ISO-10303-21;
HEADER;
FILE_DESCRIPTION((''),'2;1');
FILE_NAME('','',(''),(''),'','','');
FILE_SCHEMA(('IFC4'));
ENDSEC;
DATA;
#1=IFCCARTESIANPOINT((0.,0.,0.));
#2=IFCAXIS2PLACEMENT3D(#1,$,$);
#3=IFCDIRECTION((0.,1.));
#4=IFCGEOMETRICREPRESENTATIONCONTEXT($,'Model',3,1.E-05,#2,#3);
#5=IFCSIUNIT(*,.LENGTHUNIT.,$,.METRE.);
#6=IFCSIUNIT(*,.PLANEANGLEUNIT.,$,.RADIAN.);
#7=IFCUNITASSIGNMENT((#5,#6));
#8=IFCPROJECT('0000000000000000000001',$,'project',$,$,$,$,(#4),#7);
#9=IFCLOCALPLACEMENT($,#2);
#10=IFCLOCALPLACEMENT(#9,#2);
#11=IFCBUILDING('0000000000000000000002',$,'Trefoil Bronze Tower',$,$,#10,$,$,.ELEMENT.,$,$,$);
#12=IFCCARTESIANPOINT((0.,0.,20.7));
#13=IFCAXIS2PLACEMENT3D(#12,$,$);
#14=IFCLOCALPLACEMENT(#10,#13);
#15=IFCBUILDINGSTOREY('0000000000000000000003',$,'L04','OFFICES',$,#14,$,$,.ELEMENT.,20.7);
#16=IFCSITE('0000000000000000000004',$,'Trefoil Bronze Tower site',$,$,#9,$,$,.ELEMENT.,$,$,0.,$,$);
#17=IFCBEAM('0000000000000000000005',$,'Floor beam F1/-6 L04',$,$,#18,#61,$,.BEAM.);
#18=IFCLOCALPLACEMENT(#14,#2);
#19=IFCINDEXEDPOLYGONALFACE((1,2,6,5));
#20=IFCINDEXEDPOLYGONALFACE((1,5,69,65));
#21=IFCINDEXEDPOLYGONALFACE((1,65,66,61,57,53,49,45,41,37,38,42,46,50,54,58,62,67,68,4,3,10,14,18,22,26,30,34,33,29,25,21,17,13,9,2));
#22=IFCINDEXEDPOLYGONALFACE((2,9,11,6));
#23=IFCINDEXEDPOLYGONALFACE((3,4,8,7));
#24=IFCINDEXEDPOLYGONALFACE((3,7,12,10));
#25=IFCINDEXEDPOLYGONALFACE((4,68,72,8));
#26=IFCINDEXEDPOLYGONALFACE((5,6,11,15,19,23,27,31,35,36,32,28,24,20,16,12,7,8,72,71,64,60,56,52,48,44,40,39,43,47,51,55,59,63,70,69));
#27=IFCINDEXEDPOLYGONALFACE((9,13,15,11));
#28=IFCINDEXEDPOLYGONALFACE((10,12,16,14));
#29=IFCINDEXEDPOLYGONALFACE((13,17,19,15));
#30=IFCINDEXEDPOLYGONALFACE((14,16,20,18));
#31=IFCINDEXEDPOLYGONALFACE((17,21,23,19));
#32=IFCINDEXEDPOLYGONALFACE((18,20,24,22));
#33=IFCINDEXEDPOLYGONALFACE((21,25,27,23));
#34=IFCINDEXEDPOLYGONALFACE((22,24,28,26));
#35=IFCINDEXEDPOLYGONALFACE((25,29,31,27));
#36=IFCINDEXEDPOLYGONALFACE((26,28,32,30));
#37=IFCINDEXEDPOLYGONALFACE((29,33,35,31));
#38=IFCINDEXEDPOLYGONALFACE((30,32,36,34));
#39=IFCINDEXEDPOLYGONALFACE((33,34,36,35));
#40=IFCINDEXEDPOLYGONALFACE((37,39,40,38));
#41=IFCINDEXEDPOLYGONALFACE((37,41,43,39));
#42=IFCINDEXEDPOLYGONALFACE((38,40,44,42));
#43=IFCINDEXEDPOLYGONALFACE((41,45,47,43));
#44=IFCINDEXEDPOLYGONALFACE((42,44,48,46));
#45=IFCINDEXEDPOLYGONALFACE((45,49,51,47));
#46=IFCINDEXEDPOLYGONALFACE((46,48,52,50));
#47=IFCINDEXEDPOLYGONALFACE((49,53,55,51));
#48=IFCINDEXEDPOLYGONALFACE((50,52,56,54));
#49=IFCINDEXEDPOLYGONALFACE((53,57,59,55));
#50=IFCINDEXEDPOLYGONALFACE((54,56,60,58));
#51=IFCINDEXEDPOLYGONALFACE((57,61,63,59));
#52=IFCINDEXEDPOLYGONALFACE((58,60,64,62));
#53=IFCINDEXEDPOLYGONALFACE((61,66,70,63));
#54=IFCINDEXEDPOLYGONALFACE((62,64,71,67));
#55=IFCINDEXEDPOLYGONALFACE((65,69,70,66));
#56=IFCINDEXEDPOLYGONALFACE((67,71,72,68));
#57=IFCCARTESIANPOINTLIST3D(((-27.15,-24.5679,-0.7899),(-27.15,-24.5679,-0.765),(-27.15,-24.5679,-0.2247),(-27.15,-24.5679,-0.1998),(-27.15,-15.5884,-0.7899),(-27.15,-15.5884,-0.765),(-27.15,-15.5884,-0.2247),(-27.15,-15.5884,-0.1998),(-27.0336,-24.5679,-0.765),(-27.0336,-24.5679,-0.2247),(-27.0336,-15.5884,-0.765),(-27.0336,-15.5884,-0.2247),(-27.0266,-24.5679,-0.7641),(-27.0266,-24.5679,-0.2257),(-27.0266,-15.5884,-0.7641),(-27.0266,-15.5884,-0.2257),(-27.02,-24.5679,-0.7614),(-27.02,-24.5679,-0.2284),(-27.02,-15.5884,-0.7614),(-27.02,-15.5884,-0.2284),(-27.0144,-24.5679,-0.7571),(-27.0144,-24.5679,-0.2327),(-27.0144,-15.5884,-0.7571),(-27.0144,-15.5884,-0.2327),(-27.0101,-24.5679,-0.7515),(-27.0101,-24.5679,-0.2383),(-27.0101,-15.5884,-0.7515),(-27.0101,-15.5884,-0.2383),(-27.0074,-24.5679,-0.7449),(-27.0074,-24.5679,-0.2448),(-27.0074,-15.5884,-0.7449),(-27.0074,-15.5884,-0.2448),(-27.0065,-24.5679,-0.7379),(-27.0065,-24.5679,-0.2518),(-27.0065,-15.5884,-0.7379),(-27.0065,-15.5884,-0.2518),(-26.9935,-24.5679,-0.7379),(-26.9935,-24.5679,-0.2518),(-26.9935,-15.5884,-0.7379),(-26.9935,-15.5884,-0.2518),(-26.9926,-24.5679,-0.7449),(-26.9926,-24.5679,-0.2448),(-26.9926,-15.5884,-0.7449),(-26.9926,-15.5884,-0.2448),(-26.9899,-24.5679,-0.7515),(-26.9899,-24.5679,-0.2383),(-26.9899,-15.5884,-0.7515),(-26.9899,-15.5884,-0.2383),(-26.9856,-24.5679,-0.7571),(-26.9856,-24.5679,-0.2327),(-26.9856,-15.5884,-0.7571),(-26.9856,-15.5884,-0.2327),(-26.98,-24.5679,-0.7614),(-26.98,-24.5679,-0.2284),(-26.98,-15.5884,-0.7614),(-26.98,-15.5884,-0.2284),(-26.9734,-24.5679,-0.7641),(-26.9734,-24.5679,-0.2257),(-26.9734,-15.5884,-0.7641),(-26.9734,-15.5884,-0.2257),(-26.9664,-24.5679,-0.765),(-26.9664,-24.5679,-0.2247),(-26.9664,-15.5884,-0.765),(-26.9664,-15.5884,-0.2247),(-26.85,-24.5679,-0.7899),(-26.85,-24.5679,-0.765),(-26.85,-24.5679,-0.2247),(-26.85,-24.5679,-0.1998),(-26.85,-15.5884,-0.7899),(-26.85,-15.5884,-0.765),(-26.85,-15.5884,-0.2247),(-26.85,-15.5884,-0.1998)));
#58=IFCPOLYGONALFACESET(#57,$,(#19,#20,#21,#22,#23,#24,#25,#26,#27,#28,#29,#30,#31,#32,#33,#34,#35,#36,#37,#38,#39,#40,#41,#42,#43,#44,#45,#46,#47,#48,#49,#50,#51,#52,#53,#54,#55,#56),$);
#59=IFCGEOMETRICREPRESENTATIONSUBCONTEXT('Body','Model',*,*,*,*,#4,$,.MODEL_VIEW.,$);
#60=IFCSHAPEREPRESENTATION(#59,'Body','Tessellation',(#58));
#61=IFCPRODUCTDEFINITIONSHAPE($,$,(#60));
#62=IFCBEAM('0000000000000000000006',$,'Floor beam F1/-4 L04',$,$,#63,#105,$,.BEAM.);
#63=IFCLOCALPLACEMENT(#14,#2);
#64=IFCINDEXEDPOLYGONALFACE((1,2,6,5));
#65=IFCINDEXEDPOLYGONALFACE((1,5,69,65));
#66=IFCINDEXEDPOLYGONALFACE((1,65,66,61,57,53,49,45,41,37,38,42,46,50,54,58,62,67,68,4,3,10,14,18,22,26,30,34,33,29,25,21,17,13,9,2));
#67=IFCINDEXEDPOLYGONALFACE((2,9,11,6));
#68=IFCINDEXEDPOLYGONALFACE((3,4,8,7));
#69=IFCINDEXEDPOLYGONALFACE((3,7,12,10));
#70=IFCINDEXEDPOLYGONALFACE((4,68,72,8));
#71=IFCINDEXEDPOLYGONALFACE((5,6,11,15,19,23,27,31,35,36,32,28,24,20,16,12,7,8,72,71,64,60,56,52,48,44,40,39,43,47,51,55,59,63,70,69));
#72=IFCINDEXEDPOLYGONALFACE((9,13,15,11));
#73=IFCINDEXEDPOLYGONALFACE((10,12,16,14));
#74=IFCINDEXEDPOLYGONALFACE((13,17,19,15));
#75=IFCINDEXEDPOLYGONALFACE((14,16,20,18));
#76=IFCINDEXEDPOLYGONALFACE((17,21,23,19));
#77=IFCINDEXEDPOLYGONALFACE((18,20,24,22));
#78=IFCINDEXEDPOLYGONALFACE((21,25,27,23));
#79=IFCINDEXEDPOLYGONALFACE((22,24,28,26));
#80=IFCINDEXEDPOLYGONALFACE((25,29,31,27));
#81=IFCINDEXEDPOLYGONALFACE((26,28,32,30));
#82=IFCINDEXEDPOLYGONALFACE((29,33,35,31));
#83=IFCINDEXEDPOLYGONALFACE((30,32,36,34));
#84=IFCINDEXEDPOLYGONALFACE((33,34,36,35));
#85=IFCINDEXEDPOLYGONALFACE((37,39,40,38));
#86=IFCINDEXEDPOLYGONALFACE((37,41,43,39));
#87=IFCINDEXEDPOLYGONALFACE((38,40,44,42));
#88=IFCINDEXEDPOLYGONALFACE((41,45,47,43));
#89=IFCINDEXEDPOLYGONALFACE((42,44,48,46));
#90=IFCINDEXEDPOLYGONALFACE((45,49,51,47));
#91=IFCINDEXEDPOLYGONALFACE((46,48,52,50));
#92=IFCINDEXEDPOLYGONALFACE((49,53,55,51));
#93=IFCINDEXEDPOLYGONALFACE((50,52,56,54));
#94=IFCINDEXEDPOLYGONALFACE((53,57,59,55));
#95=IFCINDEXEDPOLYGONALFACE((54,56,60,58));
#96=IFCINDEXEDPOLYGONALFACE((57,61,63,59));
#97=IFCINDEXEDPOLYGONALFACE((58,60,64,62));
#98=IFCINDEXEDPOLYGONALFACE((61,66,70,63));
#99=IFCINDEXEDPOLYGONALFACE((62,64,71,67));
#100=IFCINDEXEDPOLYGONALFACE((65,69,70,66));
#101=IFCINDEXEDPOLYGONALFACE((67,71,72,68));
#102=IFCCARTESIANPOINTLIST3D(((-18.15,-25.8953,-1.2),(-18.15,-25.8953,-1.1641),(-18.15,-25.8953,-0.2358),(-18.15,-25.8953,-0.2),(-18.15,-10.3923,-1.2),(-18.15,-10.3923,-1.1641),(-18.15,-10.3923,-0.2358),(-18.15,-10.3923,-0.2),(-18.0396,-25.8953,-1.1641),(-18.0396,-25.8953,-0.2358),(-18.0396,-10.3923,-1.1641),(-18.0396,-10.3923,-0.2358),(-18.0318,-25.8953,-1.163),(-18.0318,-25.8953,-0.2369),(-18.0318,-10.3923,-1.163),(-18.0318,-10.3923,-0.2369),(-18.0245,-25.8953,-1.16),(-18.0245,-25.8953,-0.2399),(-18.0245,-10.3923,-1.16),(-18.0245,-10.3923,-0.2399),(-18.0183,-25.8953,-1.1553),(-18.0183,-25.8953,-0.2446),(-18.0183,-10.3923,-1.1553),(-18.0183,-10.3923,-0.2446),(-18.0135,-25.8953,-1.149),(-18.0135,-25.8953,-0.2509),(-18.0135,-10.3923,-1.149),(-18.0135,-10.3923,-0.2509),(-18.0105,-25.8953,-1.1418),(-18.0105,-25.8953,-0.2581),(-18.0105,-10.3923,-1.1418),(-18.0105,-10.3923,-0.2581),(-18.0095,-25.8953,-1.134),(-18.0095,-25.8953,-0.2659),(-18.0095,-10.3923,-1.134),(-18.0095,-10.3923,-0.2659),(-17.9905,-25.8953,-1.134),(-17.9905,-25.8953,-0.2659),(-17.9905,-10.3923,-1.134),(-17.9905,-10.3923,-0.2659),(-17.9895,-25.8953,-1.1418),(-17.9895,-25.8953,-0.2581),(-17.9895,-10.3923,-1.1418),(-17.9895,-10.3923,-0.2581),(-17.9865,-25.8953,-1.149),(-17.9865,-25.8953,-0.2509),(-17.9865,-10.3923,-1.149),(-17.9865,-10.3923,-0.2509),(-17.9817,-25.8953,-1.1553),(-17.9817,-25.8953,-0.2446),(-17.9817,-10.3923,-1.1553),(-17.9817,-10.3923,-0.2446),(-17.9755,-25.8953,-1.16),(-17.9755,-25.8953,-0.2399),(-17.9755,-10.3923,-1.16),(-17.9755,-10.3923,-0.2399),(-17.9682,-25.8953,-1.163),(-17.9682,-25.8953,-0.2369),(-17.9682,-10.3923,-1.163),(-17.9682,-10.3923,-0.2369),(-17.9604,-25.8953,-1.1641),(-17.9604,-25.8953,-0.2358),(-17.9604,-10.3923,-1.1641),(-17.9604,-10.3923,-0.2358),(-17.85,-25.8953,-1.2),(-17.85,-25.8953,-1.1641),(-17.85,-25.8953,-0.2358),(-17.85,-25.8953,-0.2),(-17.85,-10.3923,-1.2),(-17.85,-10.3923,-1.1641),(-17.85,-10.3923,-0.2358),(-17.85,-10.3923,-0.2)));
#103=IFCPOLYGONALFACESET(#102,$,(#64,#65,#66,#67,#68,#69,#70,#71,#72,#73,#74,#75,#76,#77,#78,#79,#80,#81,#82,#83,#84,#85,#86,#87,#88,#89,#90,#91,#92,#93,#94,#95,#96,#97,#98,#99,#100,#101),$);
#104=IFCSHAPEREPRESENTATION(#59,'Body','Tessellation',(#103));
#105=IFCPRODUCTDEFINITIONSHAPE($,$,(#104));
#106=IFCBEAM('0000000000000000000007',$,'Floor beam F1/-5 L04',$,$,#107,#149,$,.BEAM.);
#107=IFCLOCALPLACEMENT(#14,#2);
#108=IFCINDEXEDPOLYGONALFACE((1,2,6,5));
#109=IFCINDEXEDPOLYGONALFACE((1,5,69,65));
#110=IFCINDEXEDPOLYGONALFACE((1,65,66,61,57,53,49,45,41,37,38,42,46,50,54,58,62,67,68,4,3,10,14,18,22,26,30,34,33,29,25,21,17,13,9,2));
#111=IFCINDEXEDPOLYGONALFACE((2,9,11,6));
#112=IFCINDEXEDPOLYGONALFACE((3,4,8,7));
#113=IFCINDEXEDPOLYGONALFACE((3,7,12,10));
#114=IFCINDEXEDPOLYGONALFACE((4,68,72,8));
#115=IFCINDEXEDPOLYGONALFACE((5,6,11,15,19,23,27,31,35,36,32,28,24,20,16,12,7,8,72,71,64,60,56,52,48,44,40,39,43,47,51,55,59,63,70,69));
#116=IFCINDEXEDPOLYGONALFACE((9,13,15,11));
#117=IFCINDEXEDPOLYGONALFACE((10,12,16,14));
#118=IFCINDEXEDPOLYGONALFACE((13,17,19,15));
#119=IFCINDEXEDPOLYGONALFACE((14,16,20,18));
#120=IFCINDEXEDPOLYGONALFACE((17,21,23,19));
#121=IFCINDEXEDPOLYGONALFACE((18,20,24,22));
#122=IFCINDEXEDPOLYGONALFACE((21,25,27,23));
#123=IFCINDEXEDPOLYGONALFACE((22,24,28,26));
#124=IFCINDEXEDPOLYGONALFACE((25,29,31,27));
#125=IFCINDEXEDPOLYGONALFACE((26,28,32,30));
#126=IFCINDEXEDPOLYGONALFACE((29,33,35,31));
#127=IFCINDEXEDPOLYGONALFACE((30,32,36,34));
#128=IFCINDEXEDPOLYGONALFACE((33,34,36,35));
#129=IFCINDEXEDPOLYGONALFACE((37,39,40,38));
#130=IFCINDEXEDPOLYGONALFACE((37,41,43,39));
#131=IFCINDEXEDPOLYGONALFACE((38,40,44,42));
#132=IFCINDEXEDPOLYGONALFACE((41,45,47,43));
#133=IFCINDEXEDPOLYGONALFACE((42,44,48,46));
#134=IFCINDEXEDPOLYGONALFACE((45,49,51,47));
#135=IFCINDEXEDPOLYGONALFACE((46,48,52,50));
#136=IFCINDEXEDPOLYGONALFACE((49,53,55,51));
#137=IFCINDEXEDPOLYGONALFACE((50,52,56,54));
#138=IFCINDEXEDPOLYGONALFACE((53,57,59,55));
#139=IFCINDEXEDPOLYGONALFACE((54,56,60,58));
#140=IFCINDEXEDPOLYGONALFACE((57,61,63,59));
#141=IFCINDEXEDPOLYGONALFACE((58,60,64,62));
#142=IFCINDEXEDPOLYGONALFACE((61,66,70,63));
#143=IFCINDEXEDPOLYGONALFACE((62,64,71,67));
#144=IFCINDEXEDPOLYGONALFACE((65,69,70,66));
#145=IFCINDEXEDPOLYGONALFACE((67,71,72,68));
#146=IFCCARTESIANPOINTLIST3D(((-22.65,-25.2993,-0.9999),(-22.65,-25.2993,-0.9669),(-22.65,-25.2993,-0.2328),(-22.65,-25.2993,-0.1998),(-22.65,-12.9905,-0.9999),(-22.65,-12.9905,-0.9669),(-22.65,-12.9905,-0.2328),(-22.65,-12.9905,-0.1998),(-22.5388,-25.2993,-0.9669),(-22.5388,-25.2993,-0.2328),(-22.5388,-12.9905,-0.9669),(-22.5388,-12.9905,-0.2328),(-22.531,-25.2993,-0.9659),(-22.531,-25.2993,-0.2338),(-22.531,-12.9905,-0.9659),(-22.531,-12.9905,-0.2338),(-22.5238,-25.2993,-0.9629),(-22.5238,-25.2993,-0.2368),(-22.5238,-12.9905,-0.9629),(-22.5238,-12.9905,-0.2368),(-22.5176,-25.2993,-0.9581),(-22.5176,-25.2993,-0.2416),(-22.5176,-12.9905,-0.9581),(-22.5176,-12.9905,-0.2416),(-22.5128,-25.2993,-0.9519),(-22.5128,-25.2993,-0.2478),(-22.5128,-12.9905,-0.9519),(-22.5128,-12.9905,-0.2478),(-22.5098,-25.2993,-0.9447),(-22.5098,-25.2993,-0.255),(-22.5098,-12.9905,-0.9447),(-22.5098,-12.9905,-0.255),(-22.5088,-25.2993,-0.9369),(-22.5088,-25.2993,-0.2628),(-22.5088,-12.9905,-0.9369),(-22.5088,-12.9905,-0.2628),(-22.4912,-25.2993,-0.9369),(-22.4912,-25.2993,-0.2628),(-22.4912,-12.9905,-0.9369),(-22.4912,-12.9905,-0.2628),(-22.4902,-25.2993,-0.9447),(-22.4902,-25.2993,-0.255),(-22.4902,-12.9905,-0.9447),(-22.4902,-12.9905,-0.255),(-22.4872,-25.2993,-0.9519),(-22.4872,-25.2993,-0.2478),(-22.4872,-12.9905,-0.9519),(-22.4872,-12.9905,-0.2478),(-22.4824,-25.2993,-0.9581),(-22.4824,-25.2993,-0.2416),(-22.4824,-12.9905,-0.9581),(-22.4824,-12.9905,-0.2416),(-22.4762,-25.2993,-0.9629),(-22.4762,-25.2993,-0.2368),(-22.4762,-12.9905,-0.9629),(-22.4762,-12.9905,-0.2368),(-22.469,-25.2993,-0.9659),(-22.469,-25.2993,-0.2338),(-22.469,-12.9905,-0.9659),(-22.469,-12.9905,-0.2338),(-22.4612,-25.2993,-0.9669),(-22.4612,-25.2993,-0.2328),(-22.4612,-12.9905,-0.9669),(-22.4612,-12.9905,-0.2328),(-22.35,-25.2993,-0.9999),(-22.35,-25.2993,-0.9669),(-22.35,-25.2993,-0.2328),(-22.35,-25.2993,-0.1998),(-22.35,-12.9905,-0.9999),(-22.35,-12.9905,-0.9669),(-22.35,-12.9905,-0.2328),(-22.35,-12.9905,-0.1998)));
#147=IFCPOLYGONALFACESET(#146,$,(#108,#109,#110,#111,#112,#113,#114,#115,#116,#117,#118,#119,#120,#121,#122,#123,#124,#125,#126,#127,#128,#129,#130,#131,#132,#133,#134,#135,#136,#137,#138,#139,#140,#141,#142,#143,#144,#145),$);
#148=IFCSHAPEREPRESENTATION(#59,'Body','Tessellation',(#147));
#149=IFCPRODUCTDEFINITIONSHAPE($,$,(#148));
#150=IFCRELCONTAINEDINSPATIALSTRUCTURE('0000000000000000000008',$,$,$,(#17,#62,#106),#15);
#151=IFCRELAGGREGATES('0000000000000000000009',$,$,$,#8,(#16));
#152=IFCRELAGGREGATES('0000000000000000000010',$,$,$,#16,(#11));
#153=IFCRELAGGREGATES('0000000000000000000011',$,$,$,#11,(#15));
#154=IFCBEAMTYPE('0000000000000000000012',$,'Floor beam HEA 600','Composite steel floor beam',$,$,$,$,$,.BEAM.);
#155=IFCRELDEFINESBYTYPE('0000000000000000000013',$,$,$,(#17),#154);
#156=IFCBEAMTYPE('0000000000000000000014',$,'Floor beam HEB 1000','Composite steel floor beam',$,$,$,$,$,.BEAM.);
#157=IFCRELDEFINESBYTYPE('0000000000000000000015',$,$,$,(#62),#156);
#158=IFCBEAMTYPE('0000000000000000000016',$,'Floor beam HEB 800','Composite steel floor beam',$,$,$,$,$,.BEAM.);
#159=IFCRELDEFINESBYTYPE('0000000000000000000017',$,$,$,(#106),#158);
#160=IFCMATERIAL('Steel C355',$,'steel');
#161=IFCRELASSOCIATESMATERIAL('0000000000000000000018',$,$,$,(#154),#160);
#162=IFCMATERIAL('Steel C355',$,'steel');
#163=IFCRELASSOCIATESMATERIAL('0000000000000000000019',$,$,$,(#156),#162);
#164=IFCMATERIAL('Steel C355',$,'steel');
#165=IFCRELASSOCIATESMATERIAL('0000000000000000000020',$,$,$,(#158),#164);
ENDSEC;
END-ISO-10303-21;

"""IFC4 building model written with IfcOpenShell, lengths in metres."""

from ifc_helpers import new_model, si_unit, direction, frame, origin, origin_2d, place, context, subcontext, project, spatial, i_section, extrude, material, material_profile, profile_set, type_object, element, save


model = new_model("IFC4")

# Units and contexts
model_context = context("Model", 3, precision=1e-05, world=origin(), true_north=direction((0.0, 1.0)))
body_context = subcontext(model_context, "Body", "Model", "MODEL_VIEW")
ifc_project = project(units=[si_unit("LENGTHUNIT", "METRE"), si_unit("PLANEANGLEUNIT", "RADIAN")], contexts=[model_context])

# Site, building, storey
site_placement = place(None, origin())
site = spatial("IfcSite", under=ifc_project, at=site_placement, Name="Trefoil Bronze Tower site", CompositionType="ELEMENT", RefElevation=0.0)
building_placement = place(site_placement, origin())
building = spatial("IfcBuilding", under=site, at=building_placement, Name="Trefoil Bronze Tower", CompositionType="ELEMENT")
storey_placement = place(building_placement, frame((0.0, 0.0, 20.7)))
storey = spatial("IfcBuildingStorey", under=building, at=storey_placement, Name="L04", Description="OFFICES", CompositionType="ELEMENT", Elevation=20.7)

# Beams
ifc_material_1 = material(Name="Steel C355", Category="steel")
ifc_material_profile_1 = material_profile(ifc_material_1, i_section(OverallWidth=0.3, OverallDepth=0.5901, WebThickness=0.0129, FlangeThickness=0.0249, FilletRadius=0.0271, at=origin_2d()), Name="HEA 600")
ifc_profile_set_1 = profile_set([ifc_material_profile_1], Name="Steel C355")
beam_type_1 = type_object("IfcBeamType", Name="Floor beam HEA 600", Description="Composite steel floor beam", PredefinedType="BEAM", material=ifc_profile_set_1)
beam_1_placement = place(storey_placement, frame((-27.0, -24.5679, -0.4949), z_axis=(0.0, 1.0, 0.0), x_axis=(-1.0, 0.0, 0.0)))
element("IfcBeam", 1, at=beam_1_placement, inside=storey, type_object=beam_type_1, Name="Floor beam F1/-6 L04", PredefinedType="BEAM", context=body_context, shape_type="SweptSolid", body=[
    extrude(i_section(OverallWidth=0.3, OverallDepth=0.5901, WebThickness=0.0129, FlangeThickness=0.0249, FilletRadius=0.0271, at=origin_2d()), origin(), (0.0, 0.0, 1.0), 8.9795),
])
ifc_material_2 = material(Name="Steel C355", Category="steel")
ifc_material_profile_2 = material_profile(ifc_material_2, i_section(OverallWidth=0.3, OverallDepth=1.0, WebThickness=0.019, FlangeThickness=0.0359, FilletRadius=0.03, at=origin_2d()), Name="HEB 1000")
ifc_profile_set_2 = profile_set([ifc_material_profile_2], Name="Steel C355")
beam_type_2 = type_object("IfcBeamType", Name="Floor beam HEB 1000", Description="Composite steel floor beam", PredefinedType="BEAM", material=ifc_profile_set_2)
beam_2_placement = place(storey_placement, frame((-18.0, -25.8953, -0.7), z_axis=(0.0, 1.0, 0.0), x_axis=(-1.0, 0.0, 0.0)))
element("IfcBeam", 2, at=beam_2_placement, inside=storey, type_object=beam_type_2, Name="Floor beam F1/-4 L04", PredefinedType="BEAM", context=body_context, shape_type="SweptSolid", body=[
    extrude(i_section(OverallWidth=0.3, OverallDepth=1.0, WebThickness=0.019, FlangeThickness=0.0359, FilletRadius=0.03, at=origin_2d()), origin(), (0.0, 0.0, 1.0), 15.5029),
])
ifc_material_3 = material(Name="Steel C355", Category="steel")
ifc_material_profile_3 = material_profile(ifc_material_3, i_section(OverallWidth=0.3, OverallDepth=0.8, WebThickness=0.0176, FlangeThickness=0.033, FilletRadius=0.03, at=origin_2d()), Name="HEB 800")
ifc_profile_set_3 = profile_set([ifc_material_profile_3], Name="Steel C355")
beam_type_3 = type_object("IfcBeamType", Name="Floor beam HEB 800", Description="Composite steel floor beam", PredefinedType="BEAM", material=ifc_profile_set_3)
beam_3_placement = place(storey_placement, frame((-22.5, -25.2993, -0.5999), z_axis=(0.0, 1.0, 0.0), x_axis=(-1.0, 0.0, 0.0)))
element("IfcBeam", 3, at=beam_3_placement, inside=storey, type_object=beam_type_3, Name="Floor beam F1/-5 L04", PredefinedType="BEAM", context=body_context, shape_type="SweptSolid", body=[
    extrude(i_section(OverallWidth=0.3, OverallDepth=0.8, WebThickness=0.0176, FlangeThickness=0.033, FilletRadius=0.03, at=origin_2d()), origin(), (0.0, 0.0, 1.0), 12.3088),
])

save(model, "model.ifc")
